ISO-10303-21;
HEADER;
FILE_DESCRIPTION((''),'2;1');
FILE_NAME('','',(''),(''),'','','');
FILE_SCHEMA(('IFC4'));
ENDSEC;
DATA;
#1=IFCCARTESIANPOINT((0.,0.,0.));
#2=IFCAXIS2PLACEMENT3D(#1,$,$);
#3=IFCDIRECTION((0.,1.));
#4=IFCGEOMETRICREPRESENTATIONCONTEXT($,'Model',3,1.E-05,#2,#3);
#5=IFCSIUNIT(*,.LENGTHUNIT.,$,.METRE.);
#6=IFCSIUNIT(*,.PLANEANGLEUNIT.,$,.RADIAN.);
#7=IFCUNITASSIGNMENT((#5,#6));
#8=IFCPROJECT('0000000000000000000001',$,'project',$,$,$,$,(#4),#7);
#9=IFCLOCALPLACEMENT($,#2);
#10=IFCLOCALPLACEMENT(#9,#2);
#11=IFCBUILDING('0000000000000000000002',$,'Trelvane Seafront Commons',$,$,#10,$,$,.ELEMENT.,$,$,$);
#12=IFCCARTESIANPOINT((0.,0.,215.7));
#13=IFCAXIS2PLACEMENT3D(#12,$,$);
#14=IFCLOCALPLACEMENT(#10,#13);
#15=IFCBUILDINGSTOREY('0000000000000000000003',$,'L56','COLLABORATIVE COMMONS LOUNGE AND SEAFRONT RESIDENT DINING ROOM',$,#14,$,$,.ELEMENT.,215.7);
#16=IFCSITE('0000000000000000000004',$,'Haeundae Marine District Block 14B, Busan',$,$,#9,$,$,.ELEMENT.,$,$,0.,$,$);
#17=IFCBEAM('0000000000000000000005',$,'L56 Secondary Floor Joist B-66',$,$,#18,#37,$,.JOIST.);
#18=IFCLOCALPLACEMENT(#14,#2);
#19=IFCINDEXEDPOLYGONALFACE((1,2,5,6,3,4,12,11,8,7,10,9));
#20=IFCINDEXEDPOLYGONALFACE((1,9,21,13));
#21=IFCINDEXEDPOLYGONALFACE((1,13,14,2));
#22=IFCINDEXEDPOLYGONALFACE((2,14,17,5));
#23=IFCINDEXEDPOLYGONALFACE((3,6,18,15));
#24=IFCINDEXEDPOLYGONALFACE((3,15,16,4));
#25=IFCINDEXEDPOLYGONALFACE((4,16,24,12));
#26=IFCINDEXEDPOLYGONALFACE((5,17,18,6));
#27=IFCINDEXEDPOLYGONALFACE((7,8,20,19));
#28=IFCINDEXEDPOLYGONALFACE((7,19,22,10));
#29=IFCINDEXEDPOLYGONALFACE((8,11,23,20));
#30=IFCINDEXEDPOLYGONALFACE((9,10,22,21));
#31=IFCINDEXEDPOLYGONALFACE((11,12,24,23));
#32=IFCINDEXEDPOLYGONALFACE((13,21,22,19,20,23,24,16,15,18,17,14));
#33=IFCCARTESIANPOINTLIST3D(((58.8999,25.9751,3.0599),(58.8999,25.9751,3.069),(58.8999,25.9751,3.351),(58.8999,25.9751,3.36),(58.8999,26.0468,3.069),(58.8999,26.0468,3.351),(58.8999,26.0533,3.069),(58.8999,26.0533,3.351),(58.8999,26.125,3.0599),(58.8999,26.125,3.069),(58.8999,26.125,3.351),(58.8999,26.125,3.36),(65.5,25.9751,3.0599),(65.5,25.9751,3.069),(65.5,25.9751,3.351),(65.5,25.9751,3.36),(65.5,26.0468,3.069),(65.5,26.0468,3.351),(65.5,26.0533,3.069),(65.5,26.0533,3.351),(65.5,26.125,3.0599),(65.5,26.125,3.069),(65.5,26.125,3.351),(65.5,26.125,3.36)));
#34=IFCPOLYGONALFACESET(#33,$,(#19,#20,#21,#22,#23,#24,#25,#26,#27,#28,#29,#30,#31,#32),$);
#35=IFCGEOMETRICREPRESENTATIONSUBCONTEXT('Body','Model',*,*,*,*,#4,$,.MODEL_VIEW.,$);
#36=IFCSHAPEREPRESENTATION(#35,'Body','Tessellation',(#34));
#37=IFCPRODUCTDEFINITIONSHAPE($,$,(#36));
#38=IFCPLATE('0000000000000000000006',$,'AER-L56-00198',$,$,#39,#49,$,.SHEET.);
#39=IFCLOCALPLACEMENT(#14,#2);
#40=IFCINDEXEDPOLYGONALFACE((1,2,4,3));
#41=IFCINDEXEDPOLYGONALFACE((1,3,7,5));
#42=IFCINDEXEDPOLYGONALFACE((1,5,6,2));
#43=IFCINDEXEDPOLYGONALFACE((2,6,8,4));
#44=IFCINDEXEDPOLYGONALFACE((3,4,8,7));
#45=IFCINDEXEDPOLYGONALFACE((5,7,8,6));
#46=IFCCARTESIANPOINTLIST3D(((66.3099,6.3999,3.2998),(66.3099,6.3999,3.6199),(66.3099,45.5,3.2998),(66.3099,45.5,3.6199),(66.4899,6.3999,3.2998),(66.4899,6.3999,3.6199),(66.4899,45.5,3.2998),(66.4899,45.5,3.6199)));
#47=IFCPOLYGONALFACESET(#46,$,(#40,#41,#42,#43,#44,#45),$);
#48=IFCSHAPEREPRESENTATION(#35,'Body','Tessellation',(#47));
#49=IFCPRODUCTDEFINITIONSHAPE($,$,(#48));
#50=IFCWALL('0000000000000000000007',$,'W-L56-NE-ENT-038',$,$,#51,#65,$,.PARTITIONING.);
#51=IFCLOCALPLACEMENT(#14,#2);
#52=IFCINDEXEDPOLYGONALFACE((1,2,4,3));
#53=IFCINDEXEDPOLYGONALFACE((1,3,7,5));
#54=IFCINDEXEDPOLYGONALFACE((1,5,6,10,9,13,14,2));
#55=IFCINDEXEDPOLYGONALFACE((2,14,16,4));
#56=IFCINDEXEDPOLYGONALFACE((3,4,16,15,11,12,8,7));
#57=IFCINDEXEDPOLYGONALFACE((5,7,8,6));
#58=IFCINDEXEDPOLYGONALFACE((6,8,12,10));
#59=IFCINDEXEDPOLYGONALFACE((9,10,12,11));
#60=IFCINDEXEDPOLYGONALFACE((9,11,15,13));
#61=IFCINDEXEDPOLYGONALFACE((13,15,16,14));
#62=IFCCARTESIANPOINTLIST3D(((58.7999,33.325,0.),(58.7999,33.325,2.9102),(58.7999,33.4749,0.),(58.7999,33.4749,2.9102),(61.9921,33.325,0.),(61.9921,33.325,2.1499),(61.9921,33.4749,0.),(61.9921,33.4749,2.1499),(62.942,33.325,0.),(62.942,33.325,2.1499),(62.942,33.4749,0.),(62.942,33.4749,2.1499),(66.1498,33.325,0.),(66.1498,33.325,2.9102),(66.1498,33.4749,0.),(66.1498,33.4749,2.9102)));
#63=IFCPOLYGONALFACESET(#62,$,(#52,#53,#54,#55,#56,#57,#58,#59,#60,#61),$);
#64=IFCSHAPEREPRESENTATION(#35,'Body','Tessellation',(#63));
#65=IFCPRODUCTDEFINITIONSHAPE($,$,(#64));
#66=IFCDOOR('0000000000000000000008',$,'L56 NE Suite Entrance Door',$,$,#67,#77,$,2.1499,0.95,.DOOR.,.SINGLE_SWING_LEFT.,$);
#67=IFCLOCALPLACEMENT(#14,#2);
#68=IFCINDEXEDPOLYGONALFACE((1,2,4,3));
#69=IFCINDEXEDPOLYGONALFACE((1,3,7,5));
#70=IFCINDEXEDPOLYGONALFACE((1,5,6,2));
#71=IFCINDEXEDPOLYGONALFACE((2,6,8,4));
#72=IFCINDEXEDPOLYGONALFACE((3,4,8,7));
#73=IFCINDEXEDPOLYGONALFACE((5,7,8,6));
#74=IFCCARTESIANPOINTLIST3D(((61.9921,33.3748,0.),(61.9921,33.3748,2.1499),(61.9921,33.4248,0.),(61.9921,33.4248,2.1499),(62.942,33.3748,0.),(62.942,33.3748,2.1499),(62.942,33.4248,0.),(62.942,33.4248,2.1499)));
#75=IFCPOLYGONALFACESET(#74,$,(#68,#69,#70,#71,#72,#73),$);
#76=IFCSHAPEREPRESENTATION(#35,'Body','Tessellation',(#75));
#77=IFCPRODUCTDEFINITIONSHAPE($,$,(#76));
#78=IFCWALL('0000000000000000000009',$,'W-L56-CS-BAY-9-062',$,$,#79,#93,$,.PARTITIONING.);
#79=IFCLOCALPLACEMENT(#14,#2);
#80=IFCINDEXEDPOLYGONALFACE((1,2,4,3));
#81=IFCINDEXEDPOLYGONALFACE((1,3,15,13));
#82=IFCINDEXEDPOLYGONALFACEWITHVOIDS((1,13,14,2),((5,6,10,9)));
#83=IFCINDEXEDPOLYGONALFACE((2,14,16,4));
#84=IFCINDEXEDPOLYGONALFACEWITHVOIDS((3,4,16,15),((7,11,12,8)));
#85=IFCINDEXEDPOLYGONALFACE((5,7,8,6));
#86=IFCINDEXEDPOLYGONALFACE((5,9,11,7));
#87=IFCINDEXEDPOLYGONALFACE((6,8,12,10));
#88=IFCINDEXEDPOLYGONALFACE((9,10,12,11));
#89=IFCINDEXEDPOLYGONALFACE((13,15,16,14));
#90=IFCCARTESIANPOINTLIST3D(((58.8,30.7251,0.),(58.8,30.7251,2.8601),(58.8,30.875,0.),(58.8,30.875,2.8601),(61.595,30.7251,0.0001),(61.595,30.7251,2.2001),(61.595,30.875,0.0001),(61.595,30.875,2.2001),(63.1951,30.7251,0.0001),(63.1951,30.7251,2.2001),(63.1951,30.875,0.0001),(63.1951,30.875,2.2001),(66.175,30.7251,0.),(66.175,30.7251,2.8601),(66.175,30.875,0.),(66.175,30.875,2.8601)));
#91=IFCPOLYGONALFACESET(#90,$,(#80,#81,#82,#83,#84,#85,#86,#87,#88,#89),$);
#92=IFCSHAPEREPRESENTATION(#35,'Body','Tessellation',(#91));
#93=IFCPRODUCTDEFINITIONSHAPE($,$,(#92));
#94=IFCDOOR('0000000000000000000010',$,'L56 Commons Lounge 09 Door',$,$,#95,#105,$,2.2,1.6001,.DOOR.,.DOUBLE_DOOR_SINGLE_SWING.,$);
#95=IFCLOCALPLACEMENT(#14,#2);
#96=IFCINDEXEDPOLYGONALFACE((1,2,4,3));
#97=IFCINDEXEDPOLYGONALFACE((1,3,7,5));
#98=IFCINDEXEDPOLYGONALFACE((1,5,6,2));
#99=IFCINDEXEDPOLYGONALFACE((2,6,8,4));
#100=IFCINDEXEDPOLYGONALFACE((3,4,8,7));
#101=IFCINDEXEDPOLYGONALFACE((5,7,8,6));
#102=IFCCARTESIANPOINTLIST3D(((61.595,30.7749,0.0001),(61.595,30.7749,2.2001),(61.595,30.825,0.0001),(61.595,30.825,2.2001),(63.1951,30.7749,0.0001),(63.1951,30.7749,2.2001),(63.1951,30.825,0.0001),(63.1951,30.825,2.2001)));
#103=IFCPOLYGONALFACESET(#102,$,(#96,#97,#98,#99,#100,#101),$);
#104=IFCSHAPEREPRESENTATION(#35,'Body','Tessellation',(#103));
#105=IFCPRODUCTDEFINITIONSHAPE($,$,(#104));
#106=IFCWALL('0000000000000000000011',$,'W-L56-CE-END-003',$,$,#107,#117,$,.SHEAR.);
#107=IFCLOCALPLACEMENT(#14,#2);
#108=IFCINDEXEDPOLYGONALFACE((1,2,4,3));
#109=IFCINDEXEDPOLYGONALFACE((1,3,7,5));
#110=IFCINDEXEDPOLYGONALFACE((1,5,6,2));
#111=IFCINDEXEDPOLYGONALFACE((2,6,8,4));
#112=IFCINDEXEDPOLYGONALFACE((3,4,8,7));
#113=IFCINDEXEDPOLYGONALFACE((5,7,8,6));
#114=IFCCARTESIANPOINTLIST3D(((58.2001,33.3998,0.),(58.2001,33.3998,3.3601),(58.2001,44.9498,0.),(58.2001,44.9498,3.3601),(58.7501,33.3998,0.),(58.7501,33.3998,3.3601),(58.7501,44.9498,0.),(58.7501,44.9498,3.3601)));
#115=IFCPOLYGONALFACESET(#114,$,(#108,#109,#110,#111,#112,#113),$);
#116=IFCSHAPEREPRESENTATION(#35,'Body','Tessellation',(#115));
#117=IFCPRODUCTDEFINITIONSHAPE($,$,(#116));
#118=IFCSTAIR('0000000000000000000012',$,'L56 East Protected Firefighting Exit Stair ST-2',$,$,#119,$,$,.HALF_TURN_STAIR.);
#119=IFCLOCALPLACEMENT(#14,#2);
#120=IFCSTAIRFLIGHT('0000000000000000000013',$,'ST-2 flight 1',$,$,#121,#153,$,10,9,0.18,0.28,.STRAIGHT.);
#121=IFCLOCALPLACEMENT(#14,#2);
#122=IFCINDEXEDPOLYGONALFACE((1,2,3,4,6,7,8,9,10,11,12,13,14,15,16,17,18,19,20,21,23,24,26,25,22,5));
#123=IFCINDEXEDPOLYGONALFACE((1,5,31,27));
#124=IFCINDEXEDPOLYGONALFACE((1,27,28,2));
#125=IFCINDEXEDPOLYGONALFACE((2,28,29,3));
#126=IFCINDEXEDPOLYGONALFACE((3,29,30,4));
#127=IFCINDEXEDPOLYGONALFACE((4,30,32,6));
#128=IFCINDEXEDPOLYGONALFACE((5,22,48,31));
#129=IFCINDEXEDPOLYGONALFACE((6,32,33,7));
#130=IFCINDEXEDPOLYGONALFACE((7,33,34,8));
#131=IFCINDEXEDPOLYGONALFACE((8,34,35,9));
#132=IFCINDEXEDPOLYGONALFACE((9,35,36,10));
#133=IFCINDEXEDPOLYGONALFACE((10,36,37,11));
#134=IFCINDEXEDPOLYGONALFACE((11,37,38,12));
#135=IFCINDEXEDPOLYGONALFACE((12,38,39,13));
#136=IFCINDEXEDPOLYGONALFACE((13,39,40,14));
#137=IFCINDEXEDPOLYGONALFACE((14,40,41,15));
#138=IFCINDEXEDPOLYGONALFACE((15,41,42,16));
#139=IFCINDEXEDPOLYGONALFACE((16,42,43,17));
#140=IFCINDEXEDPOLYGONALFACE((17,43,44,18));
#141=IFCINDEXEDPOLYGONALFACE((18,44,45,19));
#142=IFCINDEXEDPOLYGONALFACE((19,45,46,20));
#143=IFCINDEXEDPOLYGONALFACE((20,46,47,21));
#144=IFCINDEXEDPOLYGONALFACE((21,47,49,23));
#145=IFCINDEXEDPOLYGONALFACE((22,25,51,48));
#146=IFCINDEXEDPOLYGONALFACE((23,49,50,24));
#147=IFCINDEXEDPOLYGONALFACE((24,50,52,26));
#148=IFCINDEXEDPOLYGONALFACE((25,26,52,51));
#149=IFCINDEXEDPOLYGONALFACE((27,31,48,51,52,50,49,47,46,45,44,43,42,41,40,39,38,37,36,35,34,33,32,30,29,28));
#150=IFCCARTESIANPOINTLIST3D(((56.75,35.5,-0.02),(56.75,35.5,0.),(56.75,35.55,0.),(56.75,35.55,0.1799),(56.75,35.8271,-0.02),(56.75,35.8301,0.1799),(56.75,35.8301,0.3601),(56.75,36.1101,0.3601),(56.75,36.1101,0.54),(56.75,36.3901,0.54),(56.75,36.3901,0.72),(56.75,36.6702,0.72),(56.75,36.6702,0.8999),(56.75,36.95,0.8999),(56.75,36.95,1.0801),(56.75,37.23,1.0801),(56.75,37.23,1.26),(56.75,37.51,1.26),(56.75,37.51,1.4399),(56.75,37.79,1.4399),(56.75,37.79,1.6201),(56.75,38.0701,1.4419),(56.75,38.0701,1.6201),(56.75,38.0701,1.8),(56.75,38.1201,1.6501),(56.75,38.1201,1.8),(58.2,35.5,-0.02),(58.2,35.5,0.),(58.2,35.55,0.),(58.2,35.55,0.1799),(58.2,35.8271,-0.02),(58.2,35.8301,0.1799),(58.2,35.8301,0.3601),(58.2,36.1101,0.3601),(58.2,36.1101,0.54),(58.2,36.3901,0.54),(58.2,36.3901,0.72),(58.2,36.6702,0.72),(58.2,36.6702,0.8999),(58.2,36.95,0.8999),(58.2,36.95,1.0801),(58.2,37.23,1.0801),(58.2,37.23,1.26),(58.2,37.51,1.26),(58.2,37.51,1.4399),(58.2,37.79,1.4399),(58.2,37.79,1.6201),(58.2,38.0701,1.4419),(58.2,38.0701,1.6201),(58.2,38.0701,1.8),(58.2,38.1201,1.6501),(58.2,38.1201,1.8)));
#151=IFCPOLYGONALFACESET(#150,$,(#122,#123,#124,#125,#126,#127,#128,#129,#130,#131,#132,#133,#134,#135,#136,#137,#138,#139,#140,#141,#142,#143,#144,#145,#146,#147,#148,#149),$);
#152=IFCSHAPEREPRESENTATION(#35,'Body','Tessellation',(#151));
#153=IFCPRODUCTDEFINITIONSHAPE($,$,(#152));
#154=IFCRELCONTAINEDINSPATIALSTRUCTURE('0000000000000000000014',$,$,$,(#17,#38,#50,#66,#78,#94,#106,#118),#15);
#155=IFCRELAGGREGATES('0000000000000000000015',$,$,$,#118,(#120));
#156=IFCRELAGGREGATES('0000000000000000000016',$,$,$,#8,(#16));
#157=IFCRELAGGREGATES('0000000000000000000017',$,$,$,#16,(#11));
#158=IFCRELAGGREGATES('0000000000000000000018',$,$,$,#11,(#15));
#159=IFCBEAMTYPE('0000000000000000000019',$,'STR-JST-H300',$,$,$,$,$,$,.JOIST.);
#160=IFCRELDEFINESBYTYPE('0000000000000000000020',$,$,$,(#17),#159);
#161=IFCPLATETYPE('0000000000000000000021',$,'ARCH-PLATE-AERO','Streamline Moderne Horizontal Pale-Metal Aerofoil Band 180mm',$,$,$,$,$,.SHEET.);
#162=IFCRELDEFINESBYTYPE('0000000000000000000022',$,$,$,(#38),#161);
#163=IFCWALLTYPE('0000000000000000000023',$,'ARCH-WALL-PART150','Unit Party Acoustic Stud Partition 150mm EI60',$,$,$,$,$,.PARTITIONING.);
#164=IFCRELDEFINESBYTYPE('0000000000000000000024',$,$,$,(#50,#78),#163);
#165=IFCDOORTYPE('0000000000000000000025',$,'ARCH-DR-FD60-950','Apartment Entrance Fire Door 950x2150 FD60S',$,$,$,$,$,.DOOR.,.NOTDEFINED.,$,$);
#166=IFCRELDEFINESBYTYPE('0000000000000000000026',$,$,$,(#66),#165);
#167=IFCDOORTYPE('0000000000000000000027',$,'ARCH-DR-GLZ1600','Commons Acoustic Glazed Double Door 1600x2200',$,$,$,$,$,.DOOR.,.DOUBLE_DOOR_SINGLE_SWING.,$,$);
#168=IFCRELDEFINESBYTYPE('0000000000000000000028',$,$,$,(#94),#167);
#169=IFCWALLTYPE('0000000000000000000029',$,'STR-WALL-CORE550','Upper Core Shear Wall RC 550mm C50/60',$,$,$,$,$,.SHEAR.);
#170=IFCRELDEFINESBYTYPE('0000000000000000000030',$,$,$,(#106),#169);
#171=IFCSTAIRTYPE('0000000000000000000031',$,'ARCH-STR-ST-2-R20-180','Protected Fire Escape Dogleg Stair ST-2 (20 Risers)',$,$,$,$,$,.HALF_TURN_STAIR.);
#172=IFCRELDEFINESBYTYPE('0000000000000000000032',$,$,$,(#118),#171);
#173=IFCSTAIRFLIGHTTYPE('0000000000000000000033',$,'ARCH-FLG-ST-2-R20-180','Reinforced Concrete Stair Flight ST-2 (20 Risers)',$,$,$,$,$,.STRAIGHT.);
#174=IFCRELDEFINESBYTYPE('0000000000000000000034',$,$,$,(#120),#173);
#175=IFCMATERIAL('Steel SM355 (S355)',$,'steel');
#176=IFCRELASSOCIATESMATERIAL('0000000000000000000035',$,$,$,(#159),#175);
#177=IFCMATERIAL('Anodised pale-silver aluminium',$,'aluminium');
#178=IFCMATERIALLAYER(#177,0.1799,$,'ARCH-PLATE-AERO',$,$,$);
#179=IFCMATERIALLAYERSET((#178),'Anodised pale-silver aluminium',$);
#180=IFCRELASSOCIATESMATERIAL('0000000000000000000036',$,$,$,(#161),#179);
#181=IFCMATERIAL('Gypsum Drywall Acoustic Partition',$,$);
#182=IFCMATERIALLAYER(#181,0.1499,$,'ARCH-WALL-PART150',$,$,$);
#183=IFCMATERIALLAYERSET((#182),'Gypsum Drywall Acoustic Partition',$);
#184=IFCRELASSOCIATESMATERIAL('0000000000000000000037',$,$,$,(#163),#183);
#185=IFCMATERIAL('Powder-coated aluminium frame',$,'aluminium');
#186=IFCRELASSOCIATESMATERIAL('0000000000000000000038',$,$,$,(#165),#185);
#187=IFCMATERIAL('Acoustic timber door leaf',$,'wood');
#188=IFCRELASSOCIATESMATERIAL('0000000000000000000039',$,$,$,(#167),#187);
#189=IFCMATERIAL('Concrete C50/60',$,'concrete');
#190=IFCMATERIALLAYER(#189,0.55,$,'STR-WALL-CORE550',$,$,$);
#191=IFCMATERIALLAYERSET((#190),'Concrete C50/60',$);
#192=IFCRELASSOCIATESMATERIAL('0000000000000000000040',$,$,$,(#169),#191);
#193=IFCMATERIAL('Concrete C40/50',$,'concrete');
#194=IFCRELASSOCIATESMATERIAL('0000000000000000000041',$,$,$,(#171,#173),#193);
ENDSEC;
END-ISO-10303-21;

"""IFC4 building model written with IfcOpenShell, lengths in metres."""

from ifc_helpers import new_model, si_unit, direction, frame, frame_2d, origin, origin_2d, place, context, subcontext, project, spatial, polyline, rectangle, i_section, outline, extrude, source, transform, mapped, material, layer, layer_set, material_profile, profile_set, type_object, element, fill, aggregate, save


model = new_model("IFC4")

# Units and contexts
model_context = context("Model", 3, precision=1e-05, world=origin(), true_north=direction((0.0, 1.0)))
body_context = subcontext(model_context, "Body", "Model", "MODEL_VIEW")
ifc_project = project(units=[si_unit("LENGTHUNIT", "METRE"), si_unit("PLANEANGLEUNIT", "RADIAN")], contexts=[model_context])

# Site, building, storey
site_placement = place(None, origin())
site = spatial("IfcSite", under=ifc_project, at=site_placement, Name="Haeundae Marine District Block 14B, Busan", CompositionType="ELEMENT", RefElevation=0.0)
building_placement = place(site_placement, origin())
building = spatial("IfcBuilding", under=site, at=building_placement, Name="Trelvane Seafront Commons", CompositionType="ELEMENT")
storey_placement = place(building_placement, frame((0.0, 0.0, 215.7)))
storey = spatial("IfcBuildingStorey", under=building, at=storey_placement, Name="L56", Description="COLLABORATIVE COMMONS LOUNGE AND SEAFRONT RESIDENT DINING ROOM", CompositionType="ELEMENT", Elevation=215.7)

# Shared definitions
ifc_material_1 = material(Name="Concrete C50/60", Category="concrete")
ifc_material_2 = material(Name="Steel SM355 (S355)", Category="steel")

# Beam
ifc_material_profile_1 = material_profile(ifc_material_2, i_section(OverallWidth=0.1499, OverallDepth=0.3, WebThickness=0.0066, FlangeThickness=0.009, at=origin_2d()), Name="H-300x150x6.5x9")
ifc_profile_set_1 = profile_set([ifc_material_profile_1], Name="Steel SM355 (S355)")
beam_type_1 = type_object("IfcBeamType", Name="STR-JST-H300", PredefinedType="JOIST", material=ifc_profile_set_1)
shared_shape_1 = source(origin(), body_context, "Body", "SweptSolid", [
    extrude(i_section(OverallWidth=0.1499, OverallDepth=0.3, WebThickness=0.0066, FlangeThickness=0.009, at=origin_2d()), origin(), (0.0, 0.0, 1.0), 6.6001),
])
beam_1_placement = place(storey_placement, frame((58.8999, 26.05, 3.21), z_axis=(1.0, 0.0, 0.0), x_axis=(0.0, 1.0, 0.0)))
element("IfcBeam", 1, at=beam_1_placement, inside=storey, type_object=beam_type_1, Name="L56 Secondary Floor Joist B-66", PredefinedType="JOIST", context=body_context, shape_type="MappedRepresentation", body=[
    mapped(shared_shape_1, transform((0.0, 0.0, 0.0), x_axis=(1.0, 0.0, 0.0), y_axis=(0.0, 1.0, 0.0), z_axis=(0.0, 0.0, 1.0), scale=1.0)),
])

# Plate
ifc_material_3 = material(Name="Anodised pale-silver aluminium", Category="aluminium")
ifc_layer_1 = layer(ifc_material_3, 0.1799, Name="ARCH-PLATE-AERO")
ifc_layer_set_1 = layer_set([ifc_layer_1], Name="Anodised pale-silver aluminium")
plate_type = type_object("IfcPlateType", Name="ARCH-PLATE-AERO", Description="Streamline Moderne Horizontal Pale-Metal Aerofoil Band 180mm", PredefinedType="SHEET", material=ifc_layer_set_1)
shared_shape_2 = source(origin(), body_context, "Body", "SweptSolid", [
    extrude(rectangle(XDim=39.1001, YDim=0.1799, at=origin_2d()), origin(), (0.0, 0.0, 1.0), 0.3201),
])
plate_placement = place(storey_placement, frame((66.3999, 25.95, 3.2998), z_axis=(0.0, 0.0, 1.0), x_axis=(0.0, -1.0, 0.0)))
element("IfcPlate", 2, at=plate_placement, inside=storey, type_object=plate_type, Name="AER-L56-00198", PredefinedType="SHEET", context=body_context, shape_type="MappedRepresentation", body=[
    mapped(shared_shape_2, transform((0.0, 0.0, 0.0), x_axis=(1.0, 0.0, 0.0), y_axis=(0.0, 1.0, 0.0), z_axis=(0.0, 0.0, 1.0), scale=1.0)),
])

# Walls, openings, doors
ifc_material_4 = material(Name="Gypsum Drywall Acoustic Partition")
ifc_layer_2 = layer(ifc_material_4, 0.1499, Name="ARCH-WALL-PART150")
ifc_layer_set_2 = layer_set([ifc_layer_2], Name="Gypsum Drywall Acoustic Partition")
wall_type_1 = type_object("IfcWallType", Name="ARCH-WALL-PART150", Description="Unit Party Acoustic Stud Partition 150mm EI60", PredefinedType="PARTITIONING", material=ifc_layer_set_2)
wall_1_placement = place(storey_placement, frame((58.8, 33.3999, 0.0), z_axis=(0.0, 0.0, 1.0), x_axis=(1.0, 0.0, 0.0)))
wall_1 = element("IfcWall", 3, at=wall_1_placement, inside=storey, type_object=wall_type_1, Name="W-L56-NE-ENT-038", PredefinedType="PARTITIONING", context=body_context, shape_type="SweptSolid", body=[
    extrude(rectangle(XDim=7.3499, YDim=0.1499, at=frame_2d((3.6748, 0.0))), origin(), (0.0, 0.0, 1.0), 2.9102),
])
opening_1_placement = place(wall_1_placement, frame((3.1919, 0.0, 0.0)))
opening_1 = element("IfcOpeningElement", 4, at=opening_1_placement, cuts=wall_1, PredefinedType="OPENING", context=body_context, shape_type="SweptSolid", body=[
    extrude(rectangle(XDim=0.95, YDim=2.1499, at=frame_2d((0.4751, 1.075))), frame((0.0, 0.085, 0.0), z_axis=(0.0, -1.0, 0.0), x_axis=(1.0, 0.0, 0.0)), (0.0, 0.0, 1.0), 0.1699),
])
ifc_material_5 = material(Name="Powder-coated aluminium frame", Category="aluminium")
door_type_1 = type_object("IfcDoorType", Name="ARCH-DR-FD60-950", Description="Apartment Entrance Fire Door 950x2150 FD60S", OperationType="NOTDEFINED", PredefinedType="DOOR", material=ifc_material_5)
shared_shape_3 = source(origin(), body_context, "Body", "SweptSolid", [
    extrude(rectangle(XDim=0.95, YDim=2.1499, at=frame_2d((0.4751, 1.075))), frame((0.0, 0.0249, 0.0), z_axis=(0.0, -1.0, 0.0), x_axis=(1.0, 0.0, 0.0)), (0.0, 0.0, 1.0), 0.05),
])
door_1_placement = place(opening_1_placement, origin())
door_1 = element("IfcDoor", 5, at=door_1_placement, inside=storey, type_object=door_type_1, Name="L56 NE Suite Entrance Door", OperationType="SINGLE_SWING_LEFT", OverallHeight=2.1499, OverallWidth=0.95, PredefinedType="DOOR", context=body_context, shape_type="MappedRepresentation", body=[
    mapped(shared_shape_3, transform((0.0, 0.0, 0.0), x_axis=(1.0, 0.0, 0.0), y_axis=(0.0, 1.0, 0.0), z_axis=(0.0, 0.0, 1.0), scale=1.0)),
])
fill(opening_1, door_1)
wall_2_placement = place(storey_placement, frame((58.8, 30.8, 0.0), z_axis=(0.0, 0.0, 1.0), x_axis=(1.0, 0.0, 0.0)))
wall_2 = element("IfcWall", 6, at=wall_2_placement, inside=storey, type_object=wall_type_1, Name="W-L56-CS-BAY-9-062", PredefinedType="PARTITIONING", context=body_context, shape_type="SweptSolid", body=[
    extrude(rectangle(XDim=7.375, YDim=0.1499, at=frame_2d((3.6875, 0.0))), origin(), (0.0, 0.0, 1.0), 2.8601),
])
opening_2_placement = place(wall_2_placement, frame((2.7949, 0.0, 0.0)))
opening_2 = element("IfcOpeningElement", 7, at=opening_2_placement, cuts=wall_2, PredefinedType="OPENING", context=body_context, shape_type="SweptSolid", body=[
    extrude(rectangle(XDim=1.6001, YDim=2.2, at=frame_2d((0.8, 1.1001))), frame((0.0, 0.085, 0.0), z_axis=(0.0, -1.0, 0.0), x_axis=(1.0, 0.0, 0.0)), (0.0, 0.0, 1.0), 0.1699),
])
ifc_material_6 = material(Name="Acoustic timber door leaf", Category="wood")
door_type_2 = type_object("IfcDoorType", Name="ARCH-DR-GLZ1600", Description="Commons Acoustic Glazed Double Door 1600x2200", OperationType="DOUBLE_DOOR_SINGLE_SWING", PredefinedType="DOOR", material=ifc_material_6)
shared_shape_4 = source(origin(), body_context, "Body", "SweptSolid", [
    extrude(rectangle(XDim=1.6001, YDim=2.2, at=frame_2d((0.8, 1.1001))), frame((0.0, 0.0249, 0.0), z_axis=(0.0, -1.0, 0.0), x_axis=(1.0, 0.0, 0.0)), (0.0, 0.0, 1.0), 0.05),
])
door_2_placement = place(opening_2_placement, origin())
door_2 = element("IfcDoor", 8, at=door_2_placement, inside=storey, type_object=door_type_2, Name="L56 Commons Lounge 09 Door", OperationType="DOUBLE_DOOR_SINGLE_SWING", OverallHeight=2.2, OverallWidth=1.6001, PredefinedType="DOOR", context=body_context, shape_type="MappedRepresentation", body=[
    mapped(shared_shape_4, transform((0.0, 0.0, 0.0), x_axis=(1.0, 0.0, 0.0), y_axis=(0.0, 1.0, 0.0), z_axis=(0.0, 0.0, 1.0), scale=1.0)),
])
fill(opening_2, door_2)

# Wall
ifc_layer_3 = layer(ifc_material_1, 0.55, Name="STR-WALL-CORE550")
ifc_layer_set_3 = layer_set([ifc_layer_3], Name="Concrete C50/60")
wall_type_2 = type_object("IfcWallType", Name="STR-WALL-CORE550", Description="Upper Core Shear Wall RC 550mm C50/60", PredefinedType="SHEAR", material=ifc_layer_set_3)
wall_3_placement = place(storey_placement, frame((58.4751, 33.3999, 0.0), z_axis=(0.0, 0.0, 1.0), x_axis=(0.0, 1.0, 0.0)))
element("IfcWall", 9, at=wall_3_placement, inside=storey, type_object=wall_type_2, Name="W-L56-CE-END-003", PredefinedType="SHEAR", context=body_context, shape_type="SweptSolid", body=[
    extrude(rectangle(XDim=11.55, YDim=0.55, at=frame_2d((5.7749, 0.0))), origin(), (0.0, 0.0, 1.0), 3.3601),
])

# Stair, stair flight
ifc_material_7 = material(Name="Concrete C40/50", Category="concrete")
stair_type = type_object("IfcStairType", Name="ARCH-STR-ST-2-R20-180", Description="Protected Fire Escape Dogleg Stair ST-2 (20 Risers)", PredefinedType="HALF_TURN_STAIR", material=ifc_material_7)
stair_placement = place(storey_placement, origin())
stair = element("IfcStair", 10, at=stair_placement, inside=storey, type_object=stair_type, Name="L56 East Protected Firefighting Exit Stair ST-2", PredefinedType="HALF_TURN_STAIR")
stair_flight_type = type_object("IfcStairFlightType", Name="ARCH-FLG-ST-2-R20-180", Description="Reinforced Concrete Stair Flight ST-2 (20 Risers)", PredefinedType="STRAIGHT", material=ifc_material_7)
shared_shape_5 = source(origin(), body_context, "Body", "SweptSolid", [
    extrude(outline(polyline([(-0.05, -0.02), (-0.05, 0.0), (0.0, 0.0), (0.0, 0.1799), (0.28, 0.1799), (0.28, 0.3601), (0.5601, 0.3601), (0.5601, 0.54), (0.8401, 0.54), (0.8401, 0.72), (1.1201, 0.72), (1.1201, 0.8999), (1.3999, 0.8999), (1.3999, 1.0801), (1.6799, 1.0801), (1.6799, 1.26), (1.96, 1.26), (1.96, 1.4399), (2.24, 1.4399), (2.24, 1.6201), (2.52, 1.6201), (2.52, 1.8), (2.5701, 1.8), (2.5701, 1.6501), (2.52, 1.4419), (0.2771, -0.02), (-0.05, -0.02)])), frame((0.0, 0.7251, 0.0), z_axis=(0.0, -1.0, 0.0), x_axis=(1.0, 0.0, 0.0)), (0.0, 0.0, 1.0), 1.45),
])
stair_flight_1_placement = place(storey_placement, frame((57.4751, 35.55, 0.0), z_axis=(0.0, 0.0, 1.0), x_axis=(0.0, 1.0, 0.0)))
stair_flight_1 = element("IfcStairFlight", 11, at=stair_flight_1_placement, type_object=stair_flight_type, Name="ST-2 flight 1", NumberOfRisers=10, NumberOfTreads=9, PredefinedType="STRAIGHT", RiserHeight=0.18, TreadLength=0.28, context=body_context, shape_type="MappedRepresentation", body=[
    mapped(shared_shape_5, transform((0.0, 0.0, 0.0), x_axis=(1.0, 0.0, 0.0), y_axis=(0.0, 1.0, 0.0), z_axis=(0.0, 0.0, 1.0), scale=1.0)),
])
aggregate(stair, [stair_flight_1])

save(model, "model.ifc")
